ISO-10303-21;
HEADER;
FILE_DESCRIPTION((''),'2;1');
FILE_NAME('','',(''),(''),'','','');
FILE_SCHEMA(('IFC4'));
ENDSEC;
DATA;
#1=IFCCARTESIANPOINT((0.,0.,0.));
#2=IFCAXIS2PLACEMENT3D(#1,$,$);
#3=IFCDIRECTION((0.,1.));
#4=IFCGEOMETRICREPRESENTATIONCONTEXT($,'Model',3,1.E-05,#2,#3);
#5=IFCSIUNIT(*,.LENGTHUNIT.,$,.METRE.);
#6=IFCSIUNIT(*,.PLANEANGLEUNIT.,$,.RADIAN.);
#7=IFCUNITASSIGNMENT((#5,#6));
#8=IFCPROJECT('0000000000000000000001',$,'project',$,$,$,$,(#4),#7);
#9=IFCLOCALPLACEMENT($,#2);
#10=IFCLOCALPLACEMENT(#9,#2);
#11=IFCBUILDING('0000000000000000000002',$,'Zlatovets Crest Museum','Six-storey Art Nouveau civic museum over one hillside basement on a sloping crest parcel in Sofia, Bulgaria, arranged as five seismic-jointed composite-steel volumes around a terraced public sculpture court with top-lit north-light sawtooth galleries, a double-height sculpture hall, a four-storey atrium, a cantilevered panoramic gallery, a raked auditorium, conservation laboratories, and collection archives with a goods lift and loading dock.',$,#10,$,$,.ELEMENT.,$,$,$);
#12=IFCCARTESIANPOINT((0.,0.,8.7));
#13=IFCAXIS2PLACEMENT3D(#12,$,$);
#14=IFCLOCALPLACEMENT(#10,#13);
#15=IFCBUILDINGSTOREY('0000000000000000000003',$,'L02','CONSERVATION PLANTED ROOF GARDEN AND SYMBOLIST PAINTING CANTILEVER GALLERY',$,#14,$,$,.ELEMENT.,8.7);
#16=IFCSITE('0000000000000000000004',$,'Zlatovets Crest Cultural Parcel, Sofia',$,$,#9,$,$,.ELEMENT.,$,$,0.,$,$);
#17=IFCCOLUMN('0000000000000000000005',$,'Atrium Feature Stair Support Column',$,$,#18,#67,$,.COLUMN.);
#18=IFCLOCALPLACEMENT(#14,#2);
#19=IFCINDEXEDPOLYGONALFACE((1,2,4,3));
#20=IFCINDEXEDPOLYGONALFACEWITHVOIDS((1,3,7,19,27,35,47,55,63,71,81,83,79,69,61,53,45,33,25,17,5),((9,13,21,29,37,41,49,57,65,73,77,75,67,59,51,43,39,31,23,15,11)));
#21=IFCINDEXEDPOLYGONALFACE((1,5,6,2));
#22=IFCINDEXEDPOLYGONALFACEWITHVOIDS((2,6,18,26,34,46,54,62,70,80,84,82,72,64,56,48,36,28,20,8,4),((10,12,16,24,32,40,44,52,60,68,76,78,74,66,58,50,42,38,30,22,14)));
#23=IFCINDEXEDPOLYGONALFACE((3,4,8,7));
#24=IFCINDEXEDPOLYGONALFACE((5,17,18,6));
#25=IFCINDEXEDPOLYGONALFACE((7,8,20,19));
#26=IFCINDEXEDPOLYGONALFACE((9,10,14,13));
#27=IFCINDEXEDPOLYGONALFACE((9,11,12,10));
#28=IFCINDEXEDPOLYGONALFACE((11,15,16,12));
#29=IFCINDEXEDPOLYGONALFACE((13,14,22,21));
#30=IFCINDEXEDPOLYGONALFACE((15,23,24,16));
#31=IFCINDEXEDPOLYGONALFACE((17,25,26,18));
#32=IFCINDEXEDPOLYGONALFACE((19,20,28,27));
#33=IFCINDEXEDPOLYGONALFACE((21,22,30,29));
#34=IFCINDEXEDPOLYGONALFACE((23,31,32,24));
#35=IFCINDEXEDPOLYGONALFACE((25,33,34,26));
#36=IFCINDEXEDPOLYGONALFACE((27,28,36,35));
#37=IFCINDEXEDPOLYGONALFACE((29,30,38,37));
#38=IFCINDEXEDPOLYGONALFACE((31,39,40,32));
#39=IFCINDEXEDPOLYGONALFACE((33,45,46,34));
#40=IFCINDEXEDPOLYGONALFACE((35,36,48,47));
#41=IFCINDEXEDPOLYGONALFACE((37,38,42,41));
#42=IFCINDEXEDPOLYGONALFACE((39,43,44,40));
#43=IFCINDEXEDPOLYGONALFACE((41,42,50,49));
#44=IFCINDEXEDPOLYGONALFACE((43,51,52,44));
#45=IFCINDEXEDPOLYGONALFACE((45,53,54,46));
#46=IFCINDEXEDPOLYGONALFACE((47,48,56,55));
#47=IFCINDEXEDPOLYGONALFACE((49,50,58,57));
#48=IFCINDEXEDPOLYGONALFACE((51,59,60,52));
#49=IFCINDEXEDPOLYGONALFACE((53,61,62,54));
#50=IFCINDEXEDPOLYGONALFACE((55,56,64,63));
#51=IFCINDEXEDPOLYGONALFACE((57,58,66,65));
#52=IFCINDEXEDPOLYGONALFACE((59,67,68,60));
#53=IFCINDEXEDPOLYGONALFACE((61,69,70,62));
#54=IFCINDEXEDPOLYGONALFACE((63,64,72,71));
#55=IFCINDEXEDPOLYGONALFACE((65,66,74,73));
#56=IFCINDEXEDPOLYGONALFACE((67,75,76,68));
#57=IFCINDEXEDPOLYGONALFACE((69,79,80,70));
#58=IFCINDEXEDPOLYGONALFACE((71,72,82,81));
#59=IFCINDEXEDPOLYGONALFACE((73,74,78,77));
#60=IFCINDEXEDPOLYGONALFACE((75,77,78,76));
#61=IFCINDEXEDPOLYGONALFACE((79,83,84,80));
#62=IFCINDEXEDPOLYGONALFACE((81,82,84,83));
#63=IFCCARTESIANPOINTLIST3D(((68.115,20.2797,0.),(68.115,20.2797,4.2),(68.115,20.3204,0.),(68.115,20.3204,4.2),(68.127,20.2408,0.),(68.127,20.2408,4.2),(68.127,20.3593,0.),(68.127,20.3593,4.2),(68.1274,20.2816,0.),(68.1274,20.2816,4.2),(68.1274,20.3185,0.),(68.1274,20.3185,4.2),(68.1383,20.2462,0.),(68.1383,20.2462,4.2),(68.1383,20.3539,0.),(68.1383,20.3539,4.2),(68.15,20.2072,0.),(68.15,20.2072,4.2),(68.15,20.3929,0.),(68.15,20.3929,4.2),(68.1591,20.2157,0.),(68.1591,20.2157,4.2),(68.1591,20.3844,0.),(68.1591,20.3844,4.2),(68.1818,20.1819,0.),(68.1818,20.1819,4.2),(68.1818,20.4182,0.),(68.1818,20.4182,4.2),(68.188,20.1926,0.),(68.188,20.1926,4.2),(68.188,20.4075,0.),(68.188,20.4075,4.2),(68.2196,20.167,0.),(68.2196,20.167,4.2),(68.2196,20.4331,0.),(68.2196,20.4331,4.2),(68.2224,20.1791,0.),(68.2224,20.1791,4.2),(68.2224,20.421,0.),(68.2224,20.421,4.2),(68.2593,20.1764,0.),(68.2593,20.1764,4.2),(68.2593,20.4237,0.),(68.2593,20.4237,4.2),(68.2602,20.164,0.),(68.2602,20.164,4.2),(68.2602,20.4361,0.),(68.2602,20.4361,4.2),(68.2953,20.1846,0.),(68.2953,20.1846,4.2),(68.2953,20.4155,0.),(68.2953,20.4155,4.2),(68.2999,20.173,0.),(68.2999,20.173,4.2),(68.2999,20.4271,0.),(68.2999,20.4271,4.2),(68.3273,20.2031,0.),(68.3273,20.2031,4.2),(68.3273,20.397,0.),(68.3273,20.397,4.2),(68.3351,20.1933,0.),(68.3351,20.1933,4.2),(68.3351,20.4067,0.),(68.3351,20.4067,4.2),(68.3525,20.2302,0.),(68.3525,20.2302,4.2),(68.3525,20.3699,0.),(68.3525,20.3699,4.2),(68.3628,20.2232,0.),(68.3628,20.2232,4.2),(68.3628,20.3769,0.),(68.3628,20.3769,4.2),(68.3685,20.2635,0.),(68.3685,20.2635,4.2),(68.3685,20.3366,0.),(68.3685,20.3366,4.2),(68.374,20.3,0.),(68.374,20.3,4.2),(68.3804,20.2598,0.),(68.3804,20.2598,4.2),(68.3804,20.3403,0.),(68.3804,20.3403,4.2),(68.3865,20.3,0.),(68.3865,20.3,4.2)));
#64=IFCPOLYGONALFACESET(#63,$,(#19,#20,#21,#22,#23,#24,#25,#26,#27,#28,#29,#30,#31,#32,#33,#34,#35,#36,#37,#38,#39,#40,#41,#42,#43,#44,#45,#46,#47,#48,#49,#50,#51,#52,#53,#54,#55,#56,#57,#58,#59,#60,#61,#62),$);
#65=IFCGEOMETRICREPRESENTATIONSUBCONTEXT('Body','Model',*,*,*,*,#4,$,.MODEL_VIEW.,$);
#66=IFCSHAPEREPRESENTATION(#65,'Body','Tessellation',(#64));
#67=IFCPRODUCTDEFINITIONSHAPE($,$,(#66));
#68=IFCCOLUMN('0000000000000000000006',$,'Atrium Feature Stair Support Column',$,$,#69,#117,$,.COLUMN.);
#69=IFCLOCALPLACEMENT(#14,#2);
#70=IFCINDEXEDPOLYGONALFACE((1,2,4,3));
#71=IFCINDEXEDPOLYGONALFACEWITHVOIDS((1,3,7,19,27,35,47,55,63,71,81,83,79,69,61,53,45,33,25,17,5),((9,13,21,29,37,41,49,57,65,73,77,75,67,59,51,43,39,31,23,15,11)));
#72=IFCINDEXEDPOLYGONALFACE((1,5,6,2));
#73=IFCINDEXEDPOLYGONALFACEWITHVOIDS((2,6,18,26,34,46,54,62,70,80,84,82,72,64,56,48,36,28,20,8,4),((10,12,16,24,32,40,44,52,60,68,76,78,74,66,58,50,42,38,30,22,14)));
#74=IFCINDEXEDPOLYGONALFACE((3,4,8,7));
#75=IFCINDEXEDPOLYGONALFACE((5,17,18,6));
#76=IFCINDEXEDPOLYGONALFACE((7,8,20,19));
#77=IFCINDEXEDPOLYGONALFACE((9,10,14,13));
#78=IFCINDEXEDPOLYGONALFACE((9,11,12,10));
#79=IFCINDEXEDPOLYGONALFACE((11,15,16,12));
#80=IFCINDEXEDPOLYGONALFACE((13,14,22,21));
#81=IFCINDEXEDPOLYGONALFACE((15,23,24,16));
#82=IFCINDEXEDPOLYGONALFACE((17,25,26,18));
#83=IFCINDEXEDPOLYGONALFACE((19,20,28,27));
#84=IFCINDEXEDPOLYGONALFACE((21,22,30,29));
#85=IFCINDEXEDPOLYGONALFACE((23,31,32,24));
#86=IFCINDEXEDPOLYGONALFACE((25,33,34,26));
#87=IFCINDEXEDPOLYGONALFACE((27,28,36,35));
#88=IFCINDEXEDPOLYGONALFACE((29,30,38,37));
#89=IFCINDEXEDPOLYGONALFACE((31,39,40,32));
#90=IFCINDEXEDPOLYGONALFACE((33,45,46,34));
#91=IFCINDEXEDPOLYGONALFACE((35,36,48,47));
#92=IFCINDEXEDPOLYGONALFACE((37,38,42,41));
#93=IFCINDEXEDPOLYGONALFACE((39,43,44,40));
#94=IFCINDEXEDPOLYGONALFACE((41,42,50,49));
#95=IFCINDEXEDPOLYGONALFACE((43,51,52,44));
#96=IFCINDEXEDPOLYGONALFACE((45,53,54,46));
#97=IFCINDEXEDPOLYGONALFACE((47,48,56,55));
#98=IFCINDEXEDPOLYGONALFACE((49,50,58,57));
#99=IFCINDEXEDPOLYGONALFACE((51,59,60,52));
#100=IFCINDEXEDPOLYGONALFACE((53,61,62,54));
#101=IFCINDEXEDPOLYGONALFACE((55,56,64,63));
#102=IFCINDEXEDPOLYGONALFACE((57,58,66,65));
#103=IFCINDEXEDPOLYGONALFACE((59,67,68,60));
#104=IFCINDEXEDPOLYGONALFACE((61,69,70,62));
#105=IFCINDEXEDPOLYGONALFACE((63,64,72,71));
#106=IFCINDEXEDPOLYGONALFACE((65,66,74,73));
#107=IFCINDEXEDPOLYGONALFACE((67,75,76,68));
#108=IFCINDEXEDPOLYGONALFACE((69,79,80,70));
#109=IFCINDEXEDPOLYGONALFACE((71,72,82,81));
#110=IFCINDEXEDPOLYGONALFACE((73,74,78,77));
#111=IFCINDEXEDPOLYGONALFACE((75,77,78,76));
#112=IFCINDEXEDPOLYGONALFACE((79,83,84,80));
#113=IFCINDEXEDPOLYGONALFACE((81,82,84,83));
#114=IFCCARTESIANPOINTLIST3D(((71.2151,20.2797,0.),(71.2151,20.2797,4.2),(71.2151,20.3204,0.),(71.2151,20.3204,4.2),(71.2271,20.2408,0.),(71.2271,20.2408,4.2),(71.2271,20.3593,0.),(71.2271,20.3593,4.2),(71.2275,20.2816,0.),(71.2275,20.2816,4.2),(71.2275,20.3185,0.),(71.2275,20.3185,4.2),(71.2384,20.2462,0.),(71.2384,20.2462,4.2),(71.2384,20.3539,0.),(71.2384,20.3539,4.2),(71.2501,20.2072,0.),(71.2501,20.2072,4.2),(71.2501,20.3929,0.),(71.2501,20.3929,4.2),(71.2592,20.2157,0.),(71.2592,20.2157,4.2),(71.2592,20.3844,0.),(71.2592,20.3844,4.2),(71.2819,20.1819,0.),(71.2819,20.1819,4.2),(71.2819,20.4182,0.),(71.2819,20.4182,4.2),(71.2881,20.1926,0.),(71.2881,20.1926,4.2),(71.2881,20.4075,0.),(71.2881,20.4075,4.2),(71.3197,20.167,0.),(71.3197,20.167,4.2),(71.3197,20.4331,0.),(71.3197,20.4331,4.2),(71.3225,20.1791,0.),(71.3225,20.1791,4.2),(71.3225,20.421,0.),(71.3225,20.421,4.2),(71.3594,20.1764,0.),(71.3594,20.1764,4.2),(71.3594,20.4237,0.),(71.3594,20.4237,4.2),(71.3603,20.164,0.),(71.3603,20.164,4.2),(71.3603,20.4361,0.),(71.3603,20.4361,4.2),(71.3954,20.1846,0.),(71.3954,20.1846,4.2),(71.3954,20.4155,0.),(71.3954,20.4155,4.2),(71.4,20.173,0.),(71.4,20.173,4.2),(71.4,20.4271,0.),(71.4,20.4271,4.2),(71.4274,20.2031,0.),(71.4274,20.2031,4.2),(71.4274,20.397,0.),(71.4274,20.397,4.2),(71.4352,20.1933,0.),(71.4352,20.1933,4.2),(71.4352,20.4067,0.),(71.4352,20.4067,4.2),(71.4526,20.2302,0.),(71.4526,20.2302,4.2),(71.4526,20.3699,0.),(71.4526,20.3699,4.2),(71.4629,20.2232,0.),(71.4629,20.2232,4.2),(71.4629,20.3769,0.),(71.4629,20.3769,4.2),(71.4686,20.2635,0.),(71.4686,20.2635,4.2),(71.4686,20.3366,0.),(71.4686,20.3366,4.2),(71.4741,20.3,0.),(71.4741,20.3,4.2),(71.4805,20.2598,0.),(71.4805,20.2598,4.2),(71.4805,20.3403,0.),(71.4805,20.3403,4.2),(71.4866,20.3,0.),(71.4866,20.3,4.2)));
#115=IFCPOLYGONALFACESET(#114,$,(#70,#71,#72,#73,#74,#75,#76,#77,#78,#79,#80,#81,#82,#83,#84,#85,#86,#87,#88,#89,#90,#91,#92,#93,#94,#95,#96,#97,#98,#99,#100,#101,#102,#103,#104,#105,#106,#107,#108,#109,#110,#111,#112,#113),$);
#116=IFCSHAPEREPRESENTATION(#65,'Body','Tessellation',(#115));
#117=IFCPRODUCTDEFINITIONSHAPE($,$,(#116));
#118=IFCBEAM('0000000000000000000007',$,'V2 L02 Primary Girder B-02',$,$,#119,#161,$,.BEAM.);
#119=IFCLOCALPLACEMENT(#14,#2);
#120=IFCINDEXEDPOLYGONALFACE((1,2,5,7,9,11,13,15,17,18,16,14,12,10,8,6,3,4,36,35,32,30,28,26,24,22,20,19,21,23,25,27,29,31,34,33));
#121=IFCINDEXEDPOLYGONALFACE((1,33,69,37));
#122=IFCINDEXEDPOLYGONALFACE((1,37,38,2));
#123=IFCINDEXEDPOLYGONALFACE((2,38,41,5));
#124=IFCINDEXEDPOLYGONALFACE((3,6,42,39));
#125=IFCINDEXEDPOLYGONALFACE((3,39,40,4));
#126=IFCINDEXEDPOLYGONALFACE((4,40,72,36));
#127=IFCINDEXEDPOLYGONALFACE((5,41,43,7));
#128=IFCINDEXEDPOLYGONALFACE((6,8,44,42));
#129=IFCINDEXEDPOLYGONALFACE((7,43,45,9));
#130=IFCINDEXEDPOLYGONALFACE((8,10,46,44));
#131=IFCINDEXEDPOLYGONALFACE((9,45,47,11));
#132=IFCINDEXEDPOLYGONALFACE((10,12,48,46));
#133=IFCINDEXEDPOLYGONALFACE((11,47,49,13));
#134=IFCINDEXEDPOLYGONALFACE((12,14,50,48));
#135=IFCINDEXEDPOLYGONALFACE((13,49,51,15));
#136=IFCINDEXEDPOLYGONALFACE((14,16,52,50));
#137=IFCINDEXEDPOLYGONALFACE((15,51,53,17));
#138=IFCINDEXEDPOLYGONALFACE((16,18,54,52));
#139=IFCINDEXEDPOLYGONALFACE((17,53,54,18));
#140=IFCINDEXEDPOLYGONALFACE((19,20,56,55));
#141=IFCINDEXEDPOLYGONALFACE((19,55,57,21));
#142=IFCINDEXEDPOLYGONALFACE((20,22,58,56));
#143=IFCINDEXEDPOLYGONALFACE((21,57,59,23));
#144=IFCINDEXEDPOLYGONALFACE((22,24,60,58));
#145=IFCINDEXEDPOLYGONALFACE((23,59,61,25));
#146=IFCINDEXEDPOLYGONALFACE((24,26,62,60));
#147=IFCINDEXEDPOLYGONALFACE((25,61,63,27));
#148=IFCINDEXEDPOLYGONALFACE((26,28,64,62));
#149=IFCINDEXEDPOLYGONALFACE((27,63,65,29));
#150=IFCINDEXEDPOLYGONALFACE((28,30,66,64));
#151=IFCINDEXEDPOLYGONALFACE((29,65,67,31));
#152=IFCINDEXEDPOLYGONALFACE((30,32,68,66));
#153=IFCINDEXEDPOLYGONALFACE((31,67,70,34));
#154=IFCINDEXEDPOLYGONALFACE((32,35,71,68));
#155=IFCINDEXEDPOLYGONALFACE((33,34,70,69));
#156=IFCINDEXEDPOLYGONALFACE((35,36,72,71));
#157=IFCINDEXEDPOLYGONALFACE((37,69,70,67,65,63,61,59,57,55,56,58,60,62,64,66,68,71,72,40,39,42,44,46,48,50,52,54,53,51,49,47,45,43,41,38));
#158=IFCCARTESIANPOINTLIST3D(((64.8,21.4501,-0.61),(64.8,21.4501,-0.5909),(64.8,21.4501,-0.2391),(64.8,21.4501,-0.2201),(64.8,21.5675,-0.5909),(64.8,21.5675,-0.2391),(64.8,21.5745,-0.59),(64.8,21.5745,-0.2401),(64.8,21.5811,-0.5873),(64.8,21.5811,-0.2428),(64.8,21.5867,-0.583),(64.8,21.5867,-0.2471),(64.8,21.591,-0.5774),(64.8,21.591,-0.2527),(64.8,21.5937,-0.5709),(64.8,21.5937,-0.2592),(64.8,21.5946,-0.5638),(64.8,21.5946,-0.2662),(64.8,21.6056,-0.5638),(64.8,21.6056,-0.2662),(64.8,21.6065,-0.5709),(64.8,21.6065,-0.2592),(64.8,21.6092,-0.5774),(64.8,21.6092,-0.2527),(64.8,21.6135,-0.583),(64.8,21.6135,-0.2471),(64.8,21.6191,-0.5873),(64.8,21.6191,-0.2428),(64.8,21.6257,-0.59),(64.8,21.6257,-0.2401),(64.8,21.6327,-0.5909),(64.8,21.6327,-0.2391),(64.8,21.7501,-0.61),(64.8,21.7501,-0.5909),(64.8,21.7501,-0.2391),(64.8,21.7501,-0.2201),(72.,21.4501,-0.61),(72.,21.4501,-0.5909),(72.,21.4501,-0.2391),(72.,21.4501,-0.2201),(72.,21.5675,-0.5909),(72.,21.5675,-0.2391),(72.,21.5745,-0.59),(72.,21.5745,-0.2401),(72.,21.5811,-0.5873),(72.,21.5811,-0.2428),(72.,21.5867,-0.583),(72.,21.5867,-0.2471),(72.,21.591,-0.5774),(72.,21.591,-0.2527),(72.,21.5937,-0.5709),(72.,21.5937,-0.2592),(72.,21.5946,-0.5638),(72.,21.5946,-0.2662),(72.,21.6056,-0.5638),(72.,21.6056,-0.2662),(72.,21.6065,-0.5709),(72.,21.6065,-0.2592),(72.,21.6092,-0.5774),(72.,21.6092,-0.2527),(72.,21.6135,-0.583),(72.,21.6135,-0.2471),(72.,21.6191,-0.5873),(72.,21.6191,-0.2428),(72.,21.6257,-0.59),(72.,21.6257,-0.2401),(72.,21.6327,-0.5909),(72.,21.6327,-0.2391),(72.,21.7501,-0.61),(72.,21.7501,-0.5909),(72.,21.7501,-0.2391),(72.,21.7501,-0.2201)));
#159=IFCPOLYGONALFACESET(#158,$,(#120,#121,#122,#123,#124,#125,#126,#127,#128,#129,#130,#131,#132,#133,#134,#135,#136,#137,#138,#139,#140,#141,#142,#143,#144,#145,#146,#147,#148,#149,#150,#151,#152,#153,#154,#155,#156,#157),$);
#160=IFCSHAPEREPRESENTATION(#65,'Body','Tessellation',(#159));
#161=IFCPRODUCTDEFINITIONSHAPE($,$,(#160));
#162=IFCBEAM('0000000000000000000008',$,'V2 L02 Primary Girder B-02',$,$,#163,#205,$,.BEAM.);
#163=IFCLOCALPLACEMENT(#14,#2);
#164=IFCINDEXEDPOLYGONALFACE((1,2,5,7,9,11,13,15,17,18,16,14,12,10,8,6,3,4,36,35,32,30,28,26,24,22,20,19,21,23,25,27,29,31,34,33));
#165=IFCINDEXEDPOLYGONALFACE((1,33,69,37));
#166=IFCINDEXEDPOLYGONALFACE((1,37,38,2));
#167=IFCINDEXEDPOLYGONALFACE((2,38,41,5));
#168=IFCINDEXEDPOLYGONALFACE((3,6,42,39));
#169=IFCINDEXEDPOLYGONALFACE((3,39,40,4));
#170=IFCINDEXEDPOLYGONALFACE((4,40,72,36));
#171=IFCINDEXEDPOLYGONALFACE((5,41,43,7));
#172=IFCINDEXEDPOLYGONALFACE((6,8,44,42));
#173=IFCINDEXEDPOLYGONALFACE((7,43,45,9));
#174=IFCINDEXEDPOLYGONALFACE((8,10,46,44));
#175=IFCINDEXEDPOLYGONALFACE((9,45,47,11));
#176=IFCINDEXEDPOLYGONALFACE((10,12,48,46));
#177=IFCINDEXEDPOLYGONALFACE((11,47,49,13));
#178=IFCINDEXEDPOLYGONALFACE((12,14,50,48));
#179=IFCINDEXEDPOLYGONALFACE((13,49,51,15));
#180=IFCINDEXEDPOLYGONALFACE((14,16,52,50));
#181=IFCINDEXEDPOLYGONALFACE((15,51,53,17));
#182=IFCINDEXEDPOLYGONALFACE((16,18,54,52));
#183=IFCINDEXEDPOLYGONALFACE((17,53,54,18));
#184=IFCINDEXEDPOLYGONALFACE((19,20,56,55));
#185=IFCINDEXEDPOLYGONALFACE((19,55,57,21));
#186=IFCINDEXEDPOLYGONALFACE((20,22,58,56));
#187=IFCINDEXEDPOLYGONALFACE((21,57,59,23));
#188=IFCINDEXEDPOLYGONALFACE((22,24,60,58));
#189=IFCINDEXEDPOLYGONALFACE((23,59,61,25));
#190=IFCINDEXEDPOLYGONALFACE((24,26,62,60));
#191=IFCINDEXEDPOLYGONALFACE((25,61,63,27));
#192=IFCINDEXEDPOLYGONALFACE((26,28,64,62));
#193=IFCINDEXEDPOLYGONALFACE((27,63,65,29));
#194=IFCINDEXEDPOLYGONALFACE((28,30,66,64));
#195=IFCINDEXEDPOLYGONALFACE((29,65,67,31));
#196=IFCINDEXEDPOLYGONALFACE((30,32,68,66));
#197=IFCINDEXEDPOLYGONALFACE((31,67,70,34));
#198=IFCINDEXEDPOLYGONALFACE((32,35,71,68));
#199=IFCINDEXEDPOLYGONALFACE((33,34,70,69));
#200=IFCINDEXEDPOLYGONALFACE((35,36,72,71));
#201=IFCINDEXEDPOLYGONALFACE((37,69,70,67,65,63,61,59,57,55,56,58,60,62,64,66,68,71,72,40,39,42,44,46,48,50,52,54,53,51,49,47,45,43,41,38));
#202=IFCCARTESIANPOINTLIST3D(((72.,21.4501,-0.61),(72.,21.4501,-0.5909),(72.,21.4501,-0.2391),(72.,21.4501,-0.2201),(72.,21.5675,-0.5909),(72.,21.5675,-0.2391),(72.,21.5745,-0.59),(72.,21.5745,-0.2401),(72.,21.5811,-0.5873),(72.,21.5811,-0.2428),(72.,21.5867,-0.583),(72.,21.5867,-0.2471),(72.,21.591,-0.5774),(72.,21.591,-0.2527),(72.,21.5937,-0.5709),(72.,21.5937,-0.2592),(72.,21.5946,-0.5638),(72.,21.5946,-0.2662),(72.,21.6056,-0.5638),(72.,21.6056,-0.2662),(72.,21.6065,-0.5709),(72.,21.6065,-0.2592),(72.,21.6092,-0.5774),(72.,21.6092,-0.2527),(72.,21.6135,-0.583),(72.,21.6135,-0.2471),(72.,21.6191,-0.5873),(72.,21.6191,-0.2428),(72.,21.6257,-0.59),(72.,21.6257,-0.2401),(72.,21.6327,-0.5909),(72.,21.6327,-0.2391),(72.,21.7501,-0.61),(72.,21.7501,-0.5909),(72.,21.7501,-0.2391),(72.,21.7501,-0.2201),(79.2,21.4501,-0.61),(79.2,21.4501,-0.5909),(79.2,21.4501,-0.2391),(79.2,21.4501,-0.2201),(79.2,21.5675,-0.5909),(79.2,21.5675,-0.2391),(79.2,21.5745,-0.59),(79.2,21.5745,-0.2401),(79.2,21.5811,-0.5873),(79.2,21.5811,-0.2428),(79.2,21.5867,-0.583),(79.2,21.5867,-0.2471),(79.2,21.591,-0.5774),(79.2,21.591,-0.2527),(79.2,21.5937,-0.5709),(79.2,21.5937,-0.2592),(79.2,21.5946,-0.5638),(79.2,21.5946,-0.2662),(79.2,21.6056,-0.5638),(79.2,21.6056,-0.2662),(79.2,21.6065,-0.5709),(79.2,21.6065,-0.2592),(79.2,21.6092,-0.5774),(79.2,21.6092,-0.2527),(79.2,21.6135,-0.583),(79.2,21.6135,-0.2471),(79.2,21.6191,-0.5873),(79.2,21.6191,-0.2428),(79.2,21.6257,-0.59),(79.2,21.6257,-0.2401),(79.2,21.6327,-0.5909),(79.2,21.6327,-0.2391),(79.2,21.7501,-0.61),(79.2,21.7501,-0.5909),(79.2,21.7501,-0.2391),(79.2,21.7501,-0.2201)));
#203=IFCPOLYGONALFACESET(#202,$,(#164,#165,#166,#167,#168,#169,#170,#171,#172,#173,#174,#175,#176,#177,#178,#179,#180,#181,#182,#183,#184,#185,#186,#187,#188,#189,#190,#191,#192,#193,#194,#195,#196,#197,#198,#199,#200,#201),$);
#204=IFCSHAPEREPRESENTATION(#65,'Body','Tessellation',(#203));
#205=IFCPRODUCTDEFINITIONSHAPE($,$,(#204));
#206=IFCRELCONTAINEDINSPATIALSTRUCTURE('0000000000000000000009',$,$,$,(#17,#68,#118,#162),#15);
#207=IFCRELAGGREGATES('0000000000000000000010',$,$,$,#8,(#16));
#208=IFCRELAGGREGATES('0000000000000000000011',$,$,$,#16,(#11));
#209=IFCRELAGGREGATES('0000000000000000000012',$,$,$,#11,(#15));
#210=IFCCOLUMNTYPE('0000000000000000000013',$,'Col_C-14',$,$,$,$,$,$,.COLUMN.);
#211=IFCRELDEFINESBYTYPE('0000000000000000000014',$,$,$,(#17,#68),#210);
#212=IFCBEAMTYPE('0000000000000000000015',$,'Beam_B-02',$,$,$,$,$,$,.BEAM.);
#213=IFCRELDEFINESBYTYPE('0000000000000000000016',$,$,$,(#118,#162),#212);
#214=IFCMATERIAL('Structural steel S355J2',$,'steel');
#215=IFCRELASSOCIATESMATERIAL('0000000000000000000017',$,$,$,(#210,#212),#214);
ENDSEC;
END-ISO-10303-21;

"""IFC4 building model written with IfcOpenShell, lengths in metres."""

from ifc_helpers import new_model, si_unit, direction, frame, origin, origin_2d, place, context, subcontext, project, spatial, hollow_circle, i_section, extrude, material, material_profile, profile_set, type_object, element, save


model = new_model("IFC4")

# Units and contexts
model_context = context("Model", 3, precision=1e-05, world=origin(), true_north=direction((0.0, 1.0)))
body_context = subcontext(model_context, "Body", "Model", "MODEL_VIEW")
ifc_project = project(units=[si_unit("LENGTHUNIT", "METRE"), si_unit("PLANEANGLEUNIT", "RADIAN")], contexts=[model_context])

# Site, building, storey
site_placement = place(None, origin())
site = spatial("IfcSite", under=ifc_project, at=site_placement, Name="Zlatovets Crest Cultural Parcel, Sofia", CompositionType="ELEMENT", RefElevation=0.0)
building_placement = place(site_placement, origin())
building = spatial("IfcBuilding", under=site, at=building_placement, Name="Zlatovets Crest Museum", Description="Six-storey Art Nouveau civic museum over one hillside basement on a sloping crest parcel in Sofia, Bulgaria, arranged as five seismic-jointed composite-steel volumes around a terraced public sculpture court with top-lit north-light sawtooth galleries, a double-height sculpture hall, a four-storey atrium, a cantilevered panoramic gallery, a raked auditorium, conservation laboratories, and collection archives with a goods lift and loading dock.", CompositionType="ELEMENT")
storey_placement = place(building_placement, frame((0.0, 0.0, 8.7)))
storey = spatial("IfcBuildingStorey", under=building, at=storey_placement, Name="L02", Description="CONSERVATION PLANTED ROOF GARDEN AND SYMBOLIST PAINTING CANTILEVER GALLERY", CompositionType="ELEMENT", Elevation=8.7)

# Columns
ifc_material_1 = material(Name="Structural steel S355J2", Category="steel")
ifc_material_profile_1 = material_profile(ifc_material_1, hollow_circle(Radius=0.1365, WallThickness=0.0125, at=origin_2d()), Name="CHS 273.0x12.5")
ifc_profile_set_1 = profile_set([ifc_material_profile_1], Name="Structural steel S355J2")
column_type_1 = type_object("IfcColumnType", Name="Col_C-14", PredefinedType="COLUMN", material=ifc_profile_set_1)
for number, where, z_axis, x_axis, name in (
    (1, (68.25, 20.3, 0.0), (0.0, 0.0, 1.0), (1.0, 0.0, 0.0), "Atrium Feature Stair Support Column"),
    (2, (71.3501, 20.3, 0.0), (0.0, 0.0, 1.0), (1.0, 0.0, 0.0), "Atrium Feature Stair Support Column"),
):
    element("IfcColumn", number, at=place(storey_placement, frame(where, z_axis=z_axis, x_axis=x_axis)), inside=storey, type_object=column_type_1, Name=name, PredefinedType="COLUMN", context=body_context, shape_type="SweptSolid", body=[
        extrude(hollow_circle(Radius=0.1365, WallThickness=0.0125, at=origin_2d()), origin(), (0.0, 0.0, 1.0), 4.2),
    ])

# Beams
ifc_material_profile_2 = material_profile(ifc_material_1, i_section(OverallWidth=0.3, OverallDepth=0.3899, WebThickness=0.011, FlangeThickness=0.019, FilletRadius=0.0271, at=origin_2d()), Name="HEA 400")
ifc_profile_set_2 = profile_set([ifc_material_profile_2], Name="Structural steel S355J2")
beam_type_1 = type_object("IfcBeamType", Name="Beam_B-02", PredefinedType="BEAM", material=ifc_profile_set_2)
for number, where, z_axis, x_axis, name in (
    (3, (64.8, 21.6001, -0.415), (1.0, 0.0, 0.0), (0.0, 1.0, 0.0), "V2 L02 Primary Girder B-02"),
    (4, (72.0, 21.6001, -0.415), (1.0, 0.0, 0.0), (0.0, 1.0, 0.0), "V2 L02 Primary Girder B-02"),
):
    element("IfcBeam", number, at=place(storey_placement, frame(where, z_axis=z_axis, x_axis=x_axis)), inside=storey, type_object=beam_type_1, Name=name, PredefinedType="BEAM", context=body_context, shape_type="SweptSolid", body=[
        extrude(i_section(OverallWidth=0.3, OverallDepth=0.3899, WebThickness=0.011, FlangeThickness=0.019, FilletRadius=0.0271, at=origin_2d()), origin(), (0.0, 0.0, 1.0), 7.2),
    ])

save(model, "model.ifc")
